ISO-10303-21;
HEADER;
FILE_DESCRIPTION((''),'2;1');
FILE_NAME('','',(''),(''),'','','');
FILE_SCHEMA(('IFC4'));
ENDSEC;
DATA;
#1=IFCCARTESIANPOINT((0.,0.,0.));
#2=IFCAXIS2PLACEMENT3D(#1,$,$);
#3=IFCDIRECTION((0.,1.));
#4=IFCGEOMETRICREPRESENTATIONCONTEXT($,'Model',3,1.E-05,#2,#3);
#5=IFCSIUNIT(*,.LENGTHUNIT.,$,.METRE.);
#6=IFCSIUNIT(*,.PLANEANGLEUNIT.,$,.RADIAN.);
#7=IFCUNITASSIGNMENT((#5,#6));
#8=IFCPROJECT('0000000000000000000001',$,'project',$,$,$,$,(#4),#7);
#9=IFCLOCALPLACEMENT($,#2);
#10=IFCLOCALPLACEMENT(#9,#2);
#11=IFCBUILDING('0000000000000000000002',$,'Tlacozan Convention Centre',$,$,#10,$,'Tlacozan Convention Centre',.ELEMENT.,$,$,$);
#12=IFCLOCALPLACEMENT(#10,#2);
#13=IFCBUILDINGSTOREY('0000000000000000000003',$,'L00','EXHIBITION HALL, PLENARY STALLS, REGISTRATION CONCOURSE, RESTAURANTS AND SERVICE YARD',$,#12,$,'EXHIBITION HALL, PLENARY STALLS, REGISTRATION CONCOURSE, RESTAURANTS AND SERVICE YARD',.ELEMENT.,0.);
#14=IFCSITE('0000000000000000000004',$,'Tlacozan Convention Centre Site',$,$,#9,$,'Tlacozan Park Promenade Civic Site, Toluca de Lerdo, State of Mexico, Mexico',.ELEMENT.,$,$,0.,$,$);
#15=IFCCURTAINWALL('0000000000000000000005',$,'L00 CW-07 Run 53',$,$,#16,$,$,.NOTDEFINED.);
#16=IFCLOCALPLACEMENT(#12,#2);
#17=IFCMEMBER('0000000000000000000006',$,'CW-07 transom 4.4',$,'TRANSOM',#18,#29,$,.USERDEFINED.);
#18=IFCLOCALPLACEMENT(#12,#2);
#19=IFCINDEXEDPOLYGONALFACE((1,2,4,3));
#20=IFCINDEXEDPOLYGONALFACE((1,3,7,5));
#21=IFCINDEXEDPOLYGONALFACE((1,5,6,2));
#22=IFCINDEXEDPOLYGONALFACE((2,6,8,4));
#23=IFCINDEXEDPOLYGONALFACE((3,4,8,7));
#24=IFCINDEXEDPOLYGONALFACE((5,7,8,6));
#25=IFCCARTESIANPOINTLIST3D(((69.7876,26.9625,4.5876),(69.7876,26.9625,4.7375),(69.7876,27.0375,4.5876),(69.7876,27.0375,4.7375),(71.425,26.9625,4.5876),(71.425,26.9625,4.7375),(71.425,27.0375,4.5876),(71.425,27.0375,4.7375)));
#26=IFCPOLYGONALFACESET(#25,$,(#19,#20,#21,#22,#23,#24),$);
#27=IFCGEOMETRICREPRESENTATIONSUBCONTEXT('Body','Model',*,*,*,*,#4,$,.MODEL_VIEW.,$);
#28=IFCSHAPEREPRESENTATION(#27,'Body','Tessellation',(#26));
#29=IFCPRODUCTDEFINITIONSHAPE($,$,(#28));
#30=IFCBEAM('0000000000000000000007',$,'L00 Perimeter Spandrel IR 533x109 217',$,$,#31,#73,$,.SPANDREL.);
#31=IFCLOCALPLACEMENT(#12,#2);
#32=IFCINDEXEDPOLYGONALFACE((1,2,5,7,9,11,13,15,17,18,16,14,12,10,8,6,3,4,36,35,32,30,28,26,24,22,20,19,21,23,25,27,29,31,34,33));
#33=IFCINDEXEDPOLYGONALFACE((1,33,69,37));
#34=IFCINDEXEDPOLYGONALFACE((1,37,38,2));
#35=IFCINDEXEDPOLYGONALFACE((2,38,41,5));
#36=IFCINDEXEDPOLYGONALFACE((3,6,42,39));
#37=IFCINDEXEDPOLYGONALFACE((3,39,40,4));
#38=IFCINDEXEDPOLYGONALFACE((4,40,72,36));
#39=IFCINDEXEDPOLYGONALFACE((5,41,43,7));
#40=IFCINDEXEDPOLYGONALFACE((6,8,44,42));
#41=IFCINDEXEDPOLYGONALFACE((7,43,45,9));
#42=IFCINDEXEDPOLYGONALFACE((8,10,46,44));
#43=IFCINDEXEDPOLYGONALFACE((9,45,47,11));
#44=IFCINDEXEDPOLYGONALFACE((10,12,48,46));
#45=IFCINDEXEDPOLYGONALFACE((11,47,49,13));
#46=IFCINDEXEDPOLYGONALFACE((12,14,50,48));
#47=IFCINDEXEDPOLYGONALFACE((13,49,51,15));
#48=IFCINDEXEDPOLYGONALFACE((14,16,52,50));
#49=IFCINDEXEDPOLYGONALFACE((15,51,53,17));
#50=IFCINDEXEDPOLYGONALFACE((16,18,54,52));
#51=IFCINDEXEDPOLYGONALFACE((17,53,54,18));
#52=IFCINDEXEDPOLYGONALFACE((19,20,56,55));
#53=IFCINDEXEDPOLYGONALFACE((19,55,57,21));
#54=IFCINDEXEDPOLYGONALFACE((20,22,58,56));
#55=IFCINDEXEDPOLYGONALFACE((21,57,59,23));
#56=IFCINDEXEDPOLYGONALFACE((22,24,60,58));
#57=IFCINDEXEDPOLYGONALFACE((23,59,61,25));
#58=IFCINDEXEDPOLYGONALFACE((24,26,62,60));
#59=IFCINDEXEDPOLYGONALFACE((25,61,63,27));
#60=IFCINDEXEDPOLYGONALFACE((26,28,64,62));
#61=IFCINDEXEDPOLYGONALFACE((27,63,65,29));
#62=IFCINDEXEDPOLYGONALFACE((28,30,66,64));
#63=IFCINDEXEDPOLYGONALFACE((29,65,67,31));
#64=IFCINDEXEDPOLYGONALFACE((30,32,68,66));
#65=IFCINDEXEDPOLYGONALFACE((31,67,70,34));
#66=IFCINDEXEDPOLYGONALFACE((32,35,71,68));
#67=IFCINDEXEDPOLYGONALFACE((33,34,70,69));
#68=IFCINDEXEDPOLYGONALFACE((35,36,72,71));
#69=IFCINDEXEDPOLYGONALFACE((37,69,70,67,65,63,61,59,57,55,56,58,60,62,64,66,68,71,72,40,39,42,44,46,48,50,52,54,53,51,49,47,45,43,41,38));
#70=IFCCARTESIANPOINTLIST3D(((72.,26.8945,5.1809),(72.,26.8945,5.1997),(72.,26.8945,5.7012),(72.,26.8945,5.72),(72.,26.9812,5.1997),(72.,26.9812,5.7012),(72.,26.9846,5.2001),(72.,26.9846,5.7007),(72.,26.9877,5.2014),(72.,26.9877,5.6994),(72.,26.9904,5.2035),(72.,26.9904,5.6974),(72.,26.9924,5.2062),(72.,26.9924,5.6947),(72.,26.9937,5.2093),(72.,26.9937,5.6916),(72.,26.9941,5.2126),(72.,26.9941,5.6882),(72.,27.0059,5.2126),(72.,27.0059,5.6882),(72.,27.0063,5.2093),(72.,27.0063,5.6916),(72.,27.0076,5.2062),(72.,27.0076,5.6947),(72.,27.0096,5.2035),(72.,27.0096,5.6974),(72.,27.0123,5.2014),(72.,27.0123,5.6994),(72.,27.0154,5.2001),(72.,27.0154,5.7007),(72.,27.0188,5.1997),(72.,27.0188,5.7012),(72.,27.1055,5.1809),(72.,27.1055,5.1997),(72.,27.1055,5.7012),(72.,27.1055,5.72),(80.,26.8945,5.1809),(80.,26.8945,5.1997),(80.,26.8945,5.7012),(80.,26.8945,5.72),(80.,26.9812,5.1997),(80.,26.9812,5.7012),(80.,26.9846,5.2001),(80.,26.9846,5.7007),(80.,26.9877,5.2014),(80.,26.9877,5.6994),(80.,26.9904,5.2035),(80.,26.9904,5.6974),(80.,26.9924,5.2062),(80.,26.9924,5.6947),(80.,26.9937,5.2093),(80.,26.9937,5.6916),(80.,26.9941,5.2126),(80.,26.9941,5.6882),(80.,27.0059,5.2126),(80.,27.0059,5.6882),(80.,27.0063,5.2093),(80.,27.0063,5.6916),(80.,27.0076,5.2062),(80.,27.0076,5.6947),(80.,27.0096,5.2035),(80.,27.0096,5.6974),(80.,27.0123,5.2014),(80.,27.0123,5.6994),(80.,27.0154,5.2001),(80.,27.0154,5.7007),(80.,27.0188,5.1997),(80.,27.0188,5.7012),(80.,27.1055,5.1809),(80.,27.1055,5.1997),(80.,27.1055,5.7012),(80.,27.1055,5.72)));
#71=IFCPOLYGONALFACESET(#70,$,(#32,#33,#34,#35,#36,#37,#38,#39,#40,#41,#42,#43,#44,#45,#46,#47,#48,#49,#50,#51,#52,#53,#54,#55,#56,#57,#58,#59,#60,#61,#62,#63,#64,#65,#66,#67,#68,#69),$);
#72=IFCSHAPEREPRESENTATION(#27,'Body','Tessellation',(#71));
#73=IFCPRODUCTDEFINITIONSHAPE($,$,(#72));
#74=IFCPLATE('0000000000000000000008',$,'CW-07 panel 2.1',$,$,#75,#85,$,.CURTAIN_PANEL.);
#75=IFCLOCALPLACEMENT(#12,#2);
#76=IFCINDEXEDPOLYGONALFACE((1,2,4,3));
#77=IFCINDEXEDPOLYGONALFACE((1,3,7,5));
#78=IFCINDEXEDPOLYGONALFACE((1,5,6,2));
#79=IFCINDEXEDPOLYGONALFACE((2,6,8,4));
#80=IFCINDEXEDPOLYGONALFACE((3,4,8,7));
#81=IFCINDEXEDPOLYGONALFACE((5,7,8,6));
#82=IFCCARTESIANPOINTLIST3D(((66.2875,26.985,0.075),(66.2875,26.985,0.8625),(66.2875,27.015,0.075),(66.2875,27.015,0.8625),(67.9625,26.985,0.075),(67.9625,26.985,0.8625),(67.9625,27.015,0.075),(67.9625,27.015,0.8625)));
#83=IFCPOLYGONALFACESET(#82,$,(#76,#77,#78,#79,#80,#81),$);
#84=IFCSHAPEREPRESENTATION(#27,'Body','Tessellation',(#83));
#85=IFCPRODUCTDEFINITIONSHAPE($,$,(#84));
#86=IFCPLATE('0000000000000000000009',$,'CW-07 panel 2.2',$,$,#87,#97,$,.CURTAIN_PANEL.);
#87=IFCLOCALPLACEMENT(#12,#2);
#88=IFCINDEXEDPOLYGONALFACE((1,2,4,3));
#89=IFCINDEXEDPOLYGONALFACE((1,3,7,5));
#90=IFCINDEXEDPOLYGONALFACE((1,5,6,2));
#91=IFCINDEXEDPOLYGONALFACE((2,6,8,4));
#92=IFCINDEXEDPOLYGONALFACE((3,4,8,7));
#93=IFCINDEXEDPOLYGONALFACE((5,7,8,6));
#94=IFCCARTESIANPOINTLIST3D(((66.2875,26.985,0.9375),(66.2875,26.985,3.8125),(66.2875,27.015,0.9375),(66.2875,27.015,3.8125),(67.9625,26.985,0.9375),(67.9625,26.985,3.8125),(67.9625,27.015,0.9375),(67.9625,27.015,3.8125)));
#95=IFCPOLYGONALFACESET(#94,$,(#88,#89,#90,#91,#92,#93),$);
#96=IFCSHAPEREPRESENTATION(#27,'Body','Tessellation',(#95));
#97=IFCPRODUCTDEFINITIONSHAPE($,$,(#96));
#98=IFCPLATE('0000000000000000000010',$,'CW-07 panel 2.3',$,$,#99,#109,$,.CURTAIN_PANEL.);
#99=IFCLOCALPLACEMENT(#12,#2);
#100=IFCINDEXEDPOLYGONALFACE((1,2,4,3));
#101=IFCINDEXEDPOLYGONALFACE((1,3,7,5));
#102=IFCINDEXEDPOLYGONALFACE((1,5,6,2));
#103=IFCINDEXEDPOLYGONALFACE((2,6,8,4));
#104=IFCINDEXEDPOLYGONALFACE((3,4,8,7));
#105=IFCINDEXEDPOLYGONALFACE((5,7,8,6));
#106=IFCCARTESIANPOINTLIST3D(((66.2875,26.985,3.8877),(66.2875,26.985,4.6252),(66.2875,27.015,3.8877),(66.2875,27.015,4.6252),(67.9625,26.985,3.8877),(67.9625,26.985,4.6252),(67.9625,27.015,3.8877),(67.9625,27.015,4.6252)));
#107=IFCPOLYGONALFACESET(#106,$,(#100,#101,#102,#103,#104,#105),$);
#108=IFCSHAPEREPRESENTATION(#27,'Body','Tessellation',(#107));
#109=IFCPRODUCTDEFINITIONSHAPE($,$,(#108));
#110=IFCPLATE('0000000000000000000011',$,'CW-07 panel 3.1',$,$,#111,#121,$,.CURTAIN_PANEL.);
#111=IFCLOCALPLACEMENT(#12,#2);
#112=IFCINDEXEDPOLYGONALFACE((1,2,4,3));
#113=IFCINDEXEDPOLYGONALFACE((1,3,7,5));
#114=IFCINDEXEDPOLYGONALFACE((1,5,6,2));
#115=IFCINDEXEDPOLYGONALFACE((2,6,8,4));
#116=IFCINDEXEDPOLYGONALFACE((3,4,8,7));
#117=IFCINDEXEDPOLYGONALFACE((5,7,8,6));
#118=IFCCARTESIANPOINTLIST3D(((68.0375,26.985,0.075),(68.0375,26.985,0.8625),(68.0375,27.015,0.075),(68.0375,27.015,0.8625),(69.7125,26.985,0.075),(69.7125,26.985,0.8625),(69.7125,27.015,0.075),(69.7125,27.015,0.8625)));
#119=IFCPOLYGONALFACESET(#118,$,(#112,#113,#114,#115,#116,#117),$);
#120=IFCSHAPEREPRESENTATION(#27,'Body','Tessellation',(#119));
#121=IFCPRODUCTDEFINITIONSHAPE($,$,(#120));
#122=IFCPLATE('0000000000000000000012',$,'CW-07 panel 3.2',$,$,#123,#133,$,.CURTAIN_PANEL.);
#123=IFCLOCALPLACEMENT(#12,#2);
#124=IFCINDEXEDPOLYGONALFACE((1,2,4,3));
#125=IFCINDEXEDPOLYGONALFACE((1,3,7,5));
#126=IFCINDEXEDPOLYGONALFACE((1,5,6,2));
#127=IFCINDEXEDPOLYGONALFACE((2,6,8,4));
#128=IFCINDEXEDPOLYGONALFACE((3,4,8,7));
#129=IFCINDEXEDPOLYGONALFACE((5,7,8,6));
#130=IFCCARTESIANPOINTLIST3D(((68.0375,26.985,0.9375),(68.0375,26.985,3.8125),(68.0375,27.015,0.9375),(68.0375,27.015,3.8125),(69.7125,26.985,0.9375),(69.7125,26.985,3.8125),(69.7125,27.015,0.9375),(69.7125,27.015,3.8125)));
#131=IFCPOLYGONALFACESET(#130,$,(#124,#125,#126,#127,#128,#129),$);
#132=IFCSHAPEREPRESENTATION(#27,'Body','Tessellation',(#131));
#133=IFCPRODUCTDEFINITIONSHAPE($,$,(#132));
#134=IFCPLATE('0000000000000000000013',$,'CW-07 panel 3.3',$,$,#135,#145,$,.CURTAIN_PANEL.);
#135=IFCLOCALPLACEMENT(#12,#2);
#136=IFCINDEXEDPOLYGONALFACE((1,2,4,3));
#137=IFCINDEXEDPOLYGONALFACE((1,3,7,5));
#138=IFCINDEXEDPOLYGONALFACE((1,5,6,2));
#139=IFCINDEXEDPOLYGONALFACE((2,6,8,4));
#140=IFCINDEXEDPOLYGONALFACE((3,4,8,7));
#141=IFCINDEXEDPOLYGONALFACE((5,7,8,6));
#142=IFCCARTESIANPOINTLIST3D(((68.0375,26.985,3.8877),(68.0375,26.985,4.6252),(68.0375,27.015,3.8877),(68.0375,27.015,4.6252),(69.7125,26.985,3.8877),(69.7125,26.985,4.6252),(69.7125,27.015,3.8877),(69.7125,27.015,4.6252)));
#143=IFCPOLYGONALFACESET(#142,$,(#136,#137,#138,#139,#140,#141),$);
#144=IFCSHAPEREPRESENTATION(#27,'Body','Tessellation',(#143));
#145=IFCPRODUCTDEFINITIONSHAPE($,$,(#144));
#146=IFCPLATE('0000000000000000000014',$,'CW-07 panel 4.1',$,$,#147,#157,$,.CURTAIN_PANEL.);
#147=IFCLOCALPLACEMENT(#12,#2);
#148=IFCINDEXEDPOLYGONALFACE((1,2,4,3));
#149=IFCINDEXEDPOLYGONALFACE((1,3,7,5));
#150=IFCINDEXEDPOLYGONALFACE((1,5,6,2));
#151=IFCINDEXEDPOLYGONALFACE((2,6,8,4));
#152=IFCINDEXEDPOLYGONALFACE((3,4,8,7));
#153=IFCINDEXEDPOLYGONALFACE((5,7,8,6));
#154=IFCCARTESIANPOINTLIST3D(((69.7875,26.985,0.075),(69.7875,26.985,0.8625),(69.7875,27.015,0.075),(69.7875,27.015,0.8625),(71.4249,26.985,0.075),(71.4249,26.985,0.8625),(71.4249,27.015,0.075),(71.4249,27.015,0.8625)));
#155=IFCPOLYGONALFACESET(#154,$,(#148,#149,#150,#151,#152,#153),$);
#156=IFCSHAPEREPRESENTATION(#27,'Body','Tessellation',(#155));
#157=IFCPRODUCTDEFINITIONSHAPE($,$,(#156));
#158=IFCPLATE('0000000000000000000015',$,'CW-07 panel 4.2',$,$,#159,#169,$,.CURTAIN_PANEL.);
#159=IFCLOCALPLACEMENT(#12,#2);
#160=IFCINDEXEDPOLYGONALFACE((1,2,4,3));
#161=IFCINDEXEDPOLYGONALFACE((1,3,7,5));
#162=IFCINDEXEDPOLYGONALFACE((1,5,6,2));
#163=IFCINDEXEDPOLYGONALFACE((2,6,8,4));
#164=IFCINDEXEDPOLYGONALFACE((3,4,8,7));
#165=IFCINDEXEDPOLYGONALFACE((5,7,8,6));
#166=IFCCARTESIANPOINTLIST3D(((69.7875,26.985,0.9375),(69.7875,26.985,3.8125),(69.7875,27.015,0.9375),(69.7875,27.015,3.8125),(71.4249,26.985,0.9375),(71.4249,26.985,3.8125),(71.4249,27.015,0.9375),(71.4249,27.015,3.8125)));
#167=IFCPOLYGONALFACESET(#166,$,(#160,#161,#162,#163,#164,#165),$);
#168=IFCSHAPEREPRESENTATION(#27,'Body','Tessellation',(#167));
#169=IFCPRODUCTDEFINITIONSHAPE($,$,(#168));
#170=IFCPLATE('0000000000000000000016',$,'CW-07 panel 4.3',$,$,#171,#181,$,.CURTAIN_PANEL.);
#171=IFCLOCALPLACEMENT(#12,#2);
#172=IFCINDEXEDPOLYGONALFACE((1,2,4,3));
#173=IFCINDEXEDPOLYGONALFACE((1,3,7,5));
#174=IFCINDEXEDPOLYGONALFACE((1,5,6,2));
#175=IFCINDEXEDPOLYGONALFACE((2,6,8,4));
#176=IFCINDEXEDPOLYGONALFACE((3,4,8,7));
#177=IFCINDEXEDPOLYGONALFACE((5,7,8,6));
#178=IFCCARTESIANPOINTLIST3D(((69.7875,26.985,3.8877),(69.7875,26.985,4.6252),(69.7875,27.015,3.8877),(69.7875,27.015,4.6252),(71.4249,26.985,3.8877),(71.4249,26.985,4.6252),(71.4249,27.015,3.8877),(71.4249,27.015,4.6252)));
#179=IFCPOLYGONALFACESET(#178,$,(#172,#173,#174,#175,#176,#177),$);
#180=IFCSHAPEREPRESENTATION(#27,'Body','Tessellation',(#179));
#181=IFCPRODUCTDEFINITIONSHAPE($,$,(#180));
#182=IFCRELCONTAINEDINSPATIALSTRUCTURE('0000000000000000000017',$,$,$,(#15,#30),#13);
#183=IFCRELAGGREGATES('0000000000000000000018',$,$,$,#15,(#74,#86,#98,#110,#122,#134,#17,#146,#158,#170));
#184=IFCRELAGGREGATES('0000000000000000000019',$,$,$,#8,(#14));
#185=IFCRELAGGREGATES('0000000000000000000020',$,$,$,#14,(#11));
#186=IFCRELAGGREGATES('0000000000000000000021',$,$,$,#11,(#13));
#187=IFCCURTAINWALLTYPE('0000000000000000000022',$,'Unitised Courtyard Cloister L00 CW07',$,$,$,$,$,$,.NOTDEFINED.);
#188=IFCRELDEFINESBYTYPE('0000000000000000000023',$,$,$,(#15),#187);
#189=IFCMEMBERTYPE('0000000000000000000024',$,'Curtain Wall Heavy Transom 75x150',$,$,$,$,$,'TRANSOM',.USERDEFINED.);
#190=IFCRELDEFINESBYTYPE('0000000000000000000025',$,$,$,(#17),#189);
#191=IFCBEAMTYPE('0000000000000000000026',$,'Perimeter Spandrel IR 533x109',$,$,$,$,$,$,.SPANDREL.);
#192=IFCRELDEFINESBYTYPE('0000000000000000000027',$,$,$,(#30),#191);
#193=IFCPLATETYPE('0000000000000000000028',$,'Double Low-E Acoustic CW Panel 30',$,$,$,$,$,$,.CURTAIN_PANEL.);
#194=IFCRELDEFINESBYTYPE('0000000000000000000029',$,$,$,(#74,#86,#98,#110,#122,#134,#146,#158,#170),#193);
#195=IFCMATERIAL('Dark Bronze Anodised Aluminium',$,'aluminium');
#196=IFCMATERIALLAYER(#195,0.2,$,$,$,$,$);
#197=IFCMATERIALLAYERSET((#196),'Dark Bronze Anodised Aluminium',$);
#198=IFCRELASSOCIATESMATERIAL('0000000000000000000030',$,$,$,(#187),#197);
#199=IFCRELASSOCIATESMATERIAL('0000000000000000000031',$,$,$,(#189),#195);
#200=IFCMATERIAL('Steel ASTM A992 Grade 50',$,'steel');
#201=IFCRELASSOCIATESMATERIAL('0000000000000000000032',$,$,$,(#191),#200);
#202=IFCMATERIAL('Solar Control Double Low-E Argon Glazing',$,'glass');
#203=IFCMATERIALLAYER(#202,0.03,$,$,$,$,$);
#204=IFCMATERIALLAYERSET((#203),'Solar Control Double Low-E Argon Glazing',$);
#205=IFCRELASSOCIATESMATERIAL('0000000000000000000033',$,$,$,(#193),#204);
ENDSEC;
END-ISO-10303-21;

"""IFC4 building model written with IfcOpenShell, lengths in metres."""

from ifc_helpers import new_model, si_unit, direction, frame, origin, origin_2d, place, context, subcontext, project, spatial, rectangle, i_section, extrude, material, layer, layer_set, material_profile, profile_set, type_object, element, aggregate, save


model = new_model("IFC4")

# Units and contexts
model_context = context("Model", 3, precision=1e-05, world=origin(), true_north=direction((0.0, 1.0)))
body_context = subcontext(model_context, "Body", "Model", "MODEL_VIEW")
ifc_project = project(units=[si_unit("LENGTHUNIT", "METRE"), si_unit("PLANEANGLEUNIT", "RADIAN")], contexts=[model_context])

# Site, building, storey
site_placement = place(None, origin())
site = spatial("IfcSite", under=ifc_project, at=site_placement, Name="Tlacozan Convention Centre Site", LongName="Tlacozan Park Promenade Civic Site, Toluca de Lerdo, State of Mexico, Mexico", CompositionType="ELEMENT", RefElevation=0.0)
building_placement = place(site_placement, origin())
building = spatial("IfcBuilding", under=site, at=building_placement, Name="Tlacozan Convention Centre", LongName="Tlacozan Convention Centre", CompositionType="ELEMENT")
storey_placement = place(building_placement, origin())
storey = spatial("IfcBuildingStorey", under=building, at=storey_placement, Name="L00", Description="EXHIBITION HALL, PLENARY STALLS, REGISTRATION CONCOURSE, RESTAURANTS AND SERVICE YARD", LongName="EXHIBITION HALL, PLENARY STALLS, REGISTRATION CONCOURSE, RESTAURANTS AND SERVICE YARD", CompositionType="ELEMENT", Elevation=0.0)

# Curtain wall
ifc_material_1 = material(Name="Dark Bronze Anodised Aluminium", Category="aluminium")
ifc_layer_1 = layer(ifc_material_1, 0.2)
ifc_layer_set_1 = layer_set([ifc_layer_1], Name="Dark Bronze Anodised Aluminium")
curtain_wall_type = type_object("IfcCurtainWallType", Name="Unitised Courtyard Cloister L00 CW07", PredefinedType="NOTDEFINED", material=ifc_layer_set_1)
curtain_wall_1_placement = place(storey_placement, origin())
curtain_wall_1 = element("IfcCurtainWall", 1, at=curtain_wall_1_placement, inside=storey, type_object=curtain_wall_type, Name="L00 CW-07 Run 53", PredefinedType="NOTDEFINED")

# Member
ifc_material_profile_1 = material_profile(ifc_material_1, rectangle(XDim=0.075, YDim=0.1499, at=origin_2d()), Name="ALU 75x150")
ifc_profile_set_1 = profile_set([ifc_material_profile_1], Name="Dark Bronze Anodised Aluminium")
member_type_1 = type_object("IfcMemberType", Name="Curtain Wall Heavy Transom 75x150", ElementType="TRANSOM", PredefinedType="USERDEFINED", material=ifc_profile_set_1)
member_1_placement = place(storey_placement, frame((69.7876, 27.0, 4.6626), z_axis=(1.0, 0.0, 0.0), x_axis=(0.0, 1.0, 0.0)))
member_1 = element("IfcMember", 2, at=member_1_placement, type_object=member_type_1, Name="CW-07 transom 4.4", ObjectType="TRANSOM", PredefinedType="USERDEFINED", context=body_context, shape_type="SweptSolid", body=[
    extrude(rectangle(XDim=0.075, YDim=0.1499, at=origin_2d()), origin(), (0.0, 0.0, 1.0), 1.6375),
])

# Beam
ifc_material_2 = material(Name="Steel ASTM A992 Grade 50", Category="steel")
ifc_material_profile_2 = material_profile(ifc_material_2, i_section(OverallWidth=0.2109, OverallDepth=0.5391, WebThickness=0.0117, FlangeThickness=0.0188, FilletRadius=0.0129, at=origin_2d()), Name="IR 533x109.0")
ifc_profile_set_2 = profile_set([ifc_material_profile_2], Name="Steel ASTM A992 Grade 50")
beam_type = type_object("IfcBeamType", Name="Perimeter Spandrel IR 533x109", PredefinedType="SPANDREL", material=ifc_profile_set_2)
beam_placement = place(storey_placement, frame((72.0, 27.0, 5.4504), z_axis=(1.0, 0.0, 0.0), x_axis=(0.0, 1.0, 0.0)))
element("IfcBeam", 3, at=beam_placement, inside=storey, type_object=beam_type, Name="L00 Perimeter Spandrel IR 533x109 217", PredefinedType="SPANDREL", context=body_context, shape_type="SweptSolid", body=[
    extrude(i_section(OverallWidth=0.2109, OverallDepth=0.5391, WebThickness=0.0117, FlangeThickness=0.0188, FilletRadius=0.0129, at=origin_2d()), origin(), (0.0, 0.0, 1.0), 8.0),
])

# Plates
ifc_material_3 = material(Name="Solar Control Double Low-E Argon Glazing", Category="glass")
ifc_layer_2 = layer(ifc_material_3, 0.03)
ifc_layer_set_2 = layer_set([ifc_layer_2], Name="Solar Control Double Low-E Argon Glazing")
plate_type = type_object("IfcPlateType", Name="Double Low-E Acoustic CW Panel 30", PredefinedType="CURTAIN_PANEL", material=ifc_layer_set_2)
plate_1_placement = place(storey_placement, frame((67.125, 27.0, 0.075), z_axis=(0.0, 0.0, 1.0), x_axis=(1.0, 0.0, 0.0)))
plate_1 = element("IfcPlate", 4, at=plate_1_placement, type_object=plate_type, Name="CW-07 panel 2.1", PredefinedType="CURTAIN_PANEL", context=body_context, shape_type="SweptSolid", body=[
    extrude(rectangle(XDim=1.675, YDim=0.03, at=origin_2d()), origin(), (0.0, 0.0, 1.0), 0.7876),
])
plate_2_placement = place(storey_placement, frame((67.125, 27.0, 0.9375), z_axis=(0.0, 0.0, 1.0), x_axis=(1.0, 0.0, 0.0)))
plate_2 = element("IfcPlate", 5, at=plate_2_placement, type_object=plate_type, Name="CW-07 panel 2.2", PredefinedType="CURTAIN_PANEL", context=body_context, shape_type="SweptSolid", body=[
    extrude(rectangle(XDim=1.675, YDim=0.03, at=origin_2d()), origin(), (0.0, 0.0, 1.0), 2.875),
])
plate_3_placement = place(storey_placement, frame((67.125, 27.0, 3.8877), z_axis=(0.0, 0.0, 1.0), x_axis=(1.0, 0.0, 0.0)))
plate_3 = element("IfcPlate", 6, at=plate_3_placement, type_object=plate_type, Name="CW-07 panel 2.3", PredefinedType="CURTAIN_PANEL", context=body_context, shape_type="SweptSolid", body=[
    extrude(rectangle(XDim=1.675, YDim=0.03, at=origin_2d()), origin(), (0.0, 0.0, 1.0), 0.7375),
])
plate_4_placement = place(storey_placement, frame((68.875, 27.0, 0.075), z_axis=(0.0, 0.0, 1.0), x_axis=(1.0, 0.0, 0.0)))
plate_4 = element("IfcPlate", 7, at=plate_4_placement, type_object=plate_type, Name="CW-07 panel 3.1", PredefinedType="CURTAIN_PANEL", context=body_context, shape_type="SweptSolid", body=[
    extrude(rectangle(XDim=1.675, YDim=0.03, at=origin_2d()), origin(), (0.0, 0.0, 1.0), 0.7876),
])
plate_5_placement = place(storey_placement, frame((68.875, 27.0, 0.9375), z_axis=(0.0, 0.0, 1.0), x_axis=(1.0, 0.0, 0.0)))
plate_5 = element("IfcPlate", 8, at=plate_5_placement, type_object=plate_type, Name="CW-07 panel 3.2", PredefinedType="CURTAIN_PANEL", context=body_context, shape_type="SweptSolid", body=[
    extrude(rectangle(XDim=1.675, YDim=0.03, at=origin_2d()), origin(), (0.0, 0.0, 1.0), 2.875),
])
plate_6_placement = place(storey_placement, frame((68.875, 27.0, 3.8877), z_axis=(0.0, 0.0, 1.0), x_axis=(1.0, 0.0, 0.0)))
plate_6 = element("IfcPlate", 9, at=plate_6_placement, type_object=plate_type, Name="CW-07 panel 3.3", PredefinedType="CURTAIN_PANEL", context=body_context, shape_type="SweptSolid", body=[
    extrude(rectangle(XDim=1.675, YDim=0.03, at=origin_2d()), origin(), (0.0, 0.0, 1.0), 0.7375),
])
plate_7_placement = place(storey_placement, frame((70.6062, 27.0, 0.075), z_axis=(0.0, 0.0, 1.0), x_axis=(1.0, 0.0, 0.0)))
plate_7 = element("IfcPlate", 10, at=plate_7_placement, type_object=plate_type, Name="CW-07 panel 4.1", PredefinedType="CURTAIN_PANEL", context=body_context, shape_type="SweptSolid", body=[
    extrude(rectangle(XDim=1.6375, YDim=0.03, at=origin_2d()), origin(), (0.0, 0.0, 1.0), 0.7876),
])
plate_8_placement = place(storey_placement, frame((70.6062, 27.0, 0.9375), z_axis=(0.0, 0.0, 1.0), x_axis=(1.0, 0.0, 0.0)))
plate_8 = element("IfcPlate", 11, at=plate_8_placement, type_object=plate_type, Name="CW-07 panel 4.2", PredefinedType="CURTAIN_PANEL", context=body_context, shape_type="SweptSolid", body=[
    extrude(rectangle(XDim=1.6375, YDim=0.03, at=origin_2d()), origin(), (0.0, 0.0, 1.0), 2.875),
])
plate_9_placement = place(storey_placement, frame((70.6062, 27.0, 3.8877), z_axis=(0.0, 0.0, 1.0), x_axis=(1.0, 0.0, 0.0)))
plate_9 = element("IfcPlate", 12, at=plate_9_placement, type_object=plate_type, Name="CW-07 panel 4.3", PredefinedType="CURTAIN_PANEL", context=body_context, shape_type="SweptSolid", body=[
    extrude(rectangle(XDim=1.6375, YDim=0.03, at=origin_2d()), origin(), (0.0, 0.0, 1.0), 0.7375),
])
aggregate(curtain_wall_1, [plate_1, plate_2, plate_3, plate_4, plate_5, plate_6, member_1, plate_7, plate_8, plate_9])

save(model, "model.ifc")
